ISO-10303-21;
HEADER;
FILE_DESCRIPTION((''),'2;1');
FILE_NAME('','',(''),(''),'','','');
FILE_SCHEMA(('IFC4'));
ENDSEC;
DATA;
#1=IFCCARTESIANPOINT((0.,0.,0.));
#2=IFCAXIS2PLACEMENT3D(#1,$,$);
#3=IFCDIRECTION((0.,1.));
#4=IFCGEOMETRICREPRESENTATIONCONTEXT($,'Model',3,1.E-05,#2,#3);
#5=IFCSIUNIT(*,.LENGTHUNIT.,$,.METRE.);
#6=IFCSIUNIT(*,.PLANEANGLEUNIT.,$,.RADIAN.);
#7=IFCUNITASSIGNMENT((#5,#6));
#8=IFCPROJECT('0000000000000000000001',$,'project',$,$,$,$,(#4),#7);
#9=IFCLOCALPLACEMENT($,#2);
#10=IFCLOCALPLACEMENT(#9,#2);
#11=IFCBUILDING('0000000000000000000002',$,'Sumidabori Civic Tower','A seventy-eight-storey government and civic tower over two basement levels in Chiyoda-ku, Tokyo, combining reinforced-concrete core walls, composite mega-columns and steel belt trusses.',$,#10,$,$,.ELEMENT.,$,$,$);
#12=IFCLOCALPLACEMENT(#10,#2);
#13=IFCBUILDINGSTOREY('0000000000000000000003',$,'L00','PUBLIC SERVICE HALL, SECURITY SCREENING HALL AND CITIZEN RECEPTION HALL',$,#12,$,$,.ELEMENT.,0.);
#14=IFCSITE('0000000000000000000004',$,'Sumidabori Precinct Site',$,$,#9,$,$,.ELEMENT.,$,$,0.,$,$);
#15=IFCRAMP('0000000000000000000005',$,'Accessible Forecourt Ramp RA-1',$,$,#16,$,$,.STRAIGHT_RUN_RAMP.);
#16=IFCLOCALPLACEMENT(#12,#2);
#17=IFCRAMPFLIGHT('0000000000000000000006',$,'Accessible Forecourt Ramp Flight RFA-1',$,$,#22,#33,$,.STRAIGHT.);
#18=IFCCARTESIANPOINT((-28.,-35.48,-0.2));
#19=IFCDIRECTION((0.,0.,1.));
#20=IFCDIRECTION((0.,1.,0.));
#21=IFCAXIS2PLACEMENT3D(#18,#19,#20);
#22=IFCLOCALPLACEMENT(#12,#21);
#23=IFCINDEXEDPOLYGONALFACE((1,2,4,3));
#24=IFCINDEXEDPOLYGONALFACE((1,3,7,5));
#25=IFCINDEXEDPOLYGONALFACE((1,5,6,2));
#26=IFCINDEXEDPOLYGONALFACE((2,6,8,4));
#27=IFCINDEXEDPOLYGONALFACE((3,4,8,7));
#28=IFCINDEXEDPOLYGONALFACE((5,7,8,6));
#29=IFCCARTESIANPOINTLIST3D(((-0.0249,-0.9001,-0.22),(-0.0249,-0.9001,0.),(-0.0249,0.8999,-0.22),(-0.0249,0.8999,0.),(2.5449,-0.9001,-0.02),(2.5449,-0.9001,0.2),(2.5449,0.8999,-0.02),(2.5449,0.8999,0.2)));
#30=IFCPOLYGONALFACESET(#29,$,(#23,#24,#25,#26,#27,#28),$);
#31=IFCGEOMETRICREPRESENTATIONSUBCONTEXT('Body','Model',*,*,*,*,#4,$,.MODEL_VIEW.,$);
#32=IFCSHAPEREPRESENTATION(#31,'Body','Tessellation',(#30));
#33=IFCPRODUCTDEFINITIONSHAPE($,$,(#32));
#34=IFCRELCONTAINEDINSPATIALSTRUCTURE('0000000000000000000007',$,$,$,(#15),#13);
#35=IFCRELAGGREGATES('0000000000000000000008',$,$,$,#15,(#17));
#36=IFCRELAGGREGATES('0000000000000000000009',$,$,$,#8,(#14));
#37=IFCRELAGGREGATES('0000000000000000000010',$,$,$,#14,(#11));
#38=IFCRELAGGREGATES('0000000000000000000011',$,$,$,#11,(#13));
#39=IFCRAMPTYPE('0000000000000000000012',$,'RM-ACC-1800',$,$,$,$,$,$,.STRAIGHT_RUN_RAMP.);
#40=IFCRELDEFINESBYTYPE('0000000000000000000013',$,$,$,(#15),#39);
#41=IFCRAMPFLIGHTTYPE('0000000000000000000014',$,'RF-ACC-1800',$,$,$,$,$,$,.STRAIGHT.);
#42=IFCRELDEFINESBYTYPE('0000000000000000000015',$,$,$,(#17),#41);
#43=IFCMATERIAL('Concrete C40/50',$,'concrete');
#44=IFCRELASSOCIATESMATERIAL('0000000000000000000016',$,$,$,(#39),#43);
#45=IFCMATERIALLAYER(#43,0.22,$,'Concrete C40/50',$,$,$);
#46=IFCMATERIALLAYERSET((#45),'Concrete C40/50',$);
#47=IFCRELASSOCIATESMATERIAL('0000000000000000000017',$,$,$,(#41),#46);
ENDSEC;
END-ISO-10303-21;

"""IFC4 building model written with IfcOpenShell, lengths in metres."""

from ifc_helpers import new_model, si_unit, direction, frame, origin, place, context, subcontext, project, spatial, polyline, outline, extrude, material, layer, layer_set, type_object, element, aggregate, save


model = new_model("IFC4")

# Units and contexts
model_context = context("Model", 3, precision=1e-05, world=origin(), true_north=direction((0.0, 1.0)))
body_context = subcontext(model_context, "Body", "Model", "MODEL_VIEW")
ifc_project = project(units=[si_unit("LENGTHUNIT", "METRE"), si_unit("PLANEANGLEUNIT", "RADIAN")], contexts=[model_context])

# Site, building, storey
site_placement = place(None, origin())
site = spatial("IfcSite", under=ifc_project, at=site_placement, Name="Sumidabori Precinct Site", CompositionType="ELEMENT", RefElevation=0.0)
building_placement = place(site_placement, origin())
building = spatial("IfcBuilding", under=site, at=building_placement, Name="Sumidabori Civic Tower", Description="A seventy-eight-storey government and civic tower over two basement levels in Chiyoda-ku, Tokyo, combining reinforced-concrete core walls, composite mega-columns and steel belt trusses.", CompositionType="ELEMENT")
storey_placement = place(building_placement, origin())
storey = spatial("IfcBuildingStorey", under=building, at=storey_placement, Name="L00", Description="PUBLIC SERVICE HALL, SECURITY SCREENING HALL AND CITIZEN RECEPTION HALL", CompositionType="ELEMENT", Elevation=0.0)

# Ramp, ramp flight
ifc_material_1 = material(Name="Concrete C40/50", Category="concrete")
ramp_type = type_object("IfcRampType", Name="RM-ACC-1800", PredefinedType="STRAIGHT_RUN_RAMP", material=ifc_material_1)
ramp_placement = place(storey_placement, origin())
ramp = element("IfcRamp", 1, at=ramp_placement, inside=storey, type_object=ramp_type, Name="Accessible Forecourt Ramp RA-1", PredefinedType="STRAIGHT_RUN_RAMP")
ifc_layer_1 = layer(ifc_material_1, 0.22, Name="Concrete C40/50")
ifc_layer_set_1 = layer_set([ifc_layer_1], Name="Concrete C40/50")
ramp_flight_type = type_object("IfcRampFlightType", Name="RF-ACC-1800", PredefinedType="STRAIGHT", material=ifc_layer_set_1)
ramp_flight_placement = place(storey_placement, frame((-28.0, -35.48, -0.2), z_axis=(0.0, 0.0, 1.0), x_axis=(0.0, 1.0, 0.0)))
ramp_flight = element("IfcRampFlight", 2, at=ramp_flight_placement, type_object=ramp_flight_type, Name="Accessible Forecourt Ramp Flight RFA-1", PredefinedType="STRAIGHT", context=body_context, shape_type="SweptSolid", body=[
    extrude(outline(polyline([(-0.0249, 0.0), (-0.0249, -0.22), (2.5449, -0.02), (2.5449, 0.2), (-0.0249, 0.0)])), frame((0.0, 0.8999, 0.0), z_axis=(0.0, -1.0, 0.0), x_axis=(1.0, 0.0, 0.0)), (0.0, 0.0, 1.0), 1.8),
])
aggregate(ramp, [ramp_flight])

save(model, "model.ifc")
